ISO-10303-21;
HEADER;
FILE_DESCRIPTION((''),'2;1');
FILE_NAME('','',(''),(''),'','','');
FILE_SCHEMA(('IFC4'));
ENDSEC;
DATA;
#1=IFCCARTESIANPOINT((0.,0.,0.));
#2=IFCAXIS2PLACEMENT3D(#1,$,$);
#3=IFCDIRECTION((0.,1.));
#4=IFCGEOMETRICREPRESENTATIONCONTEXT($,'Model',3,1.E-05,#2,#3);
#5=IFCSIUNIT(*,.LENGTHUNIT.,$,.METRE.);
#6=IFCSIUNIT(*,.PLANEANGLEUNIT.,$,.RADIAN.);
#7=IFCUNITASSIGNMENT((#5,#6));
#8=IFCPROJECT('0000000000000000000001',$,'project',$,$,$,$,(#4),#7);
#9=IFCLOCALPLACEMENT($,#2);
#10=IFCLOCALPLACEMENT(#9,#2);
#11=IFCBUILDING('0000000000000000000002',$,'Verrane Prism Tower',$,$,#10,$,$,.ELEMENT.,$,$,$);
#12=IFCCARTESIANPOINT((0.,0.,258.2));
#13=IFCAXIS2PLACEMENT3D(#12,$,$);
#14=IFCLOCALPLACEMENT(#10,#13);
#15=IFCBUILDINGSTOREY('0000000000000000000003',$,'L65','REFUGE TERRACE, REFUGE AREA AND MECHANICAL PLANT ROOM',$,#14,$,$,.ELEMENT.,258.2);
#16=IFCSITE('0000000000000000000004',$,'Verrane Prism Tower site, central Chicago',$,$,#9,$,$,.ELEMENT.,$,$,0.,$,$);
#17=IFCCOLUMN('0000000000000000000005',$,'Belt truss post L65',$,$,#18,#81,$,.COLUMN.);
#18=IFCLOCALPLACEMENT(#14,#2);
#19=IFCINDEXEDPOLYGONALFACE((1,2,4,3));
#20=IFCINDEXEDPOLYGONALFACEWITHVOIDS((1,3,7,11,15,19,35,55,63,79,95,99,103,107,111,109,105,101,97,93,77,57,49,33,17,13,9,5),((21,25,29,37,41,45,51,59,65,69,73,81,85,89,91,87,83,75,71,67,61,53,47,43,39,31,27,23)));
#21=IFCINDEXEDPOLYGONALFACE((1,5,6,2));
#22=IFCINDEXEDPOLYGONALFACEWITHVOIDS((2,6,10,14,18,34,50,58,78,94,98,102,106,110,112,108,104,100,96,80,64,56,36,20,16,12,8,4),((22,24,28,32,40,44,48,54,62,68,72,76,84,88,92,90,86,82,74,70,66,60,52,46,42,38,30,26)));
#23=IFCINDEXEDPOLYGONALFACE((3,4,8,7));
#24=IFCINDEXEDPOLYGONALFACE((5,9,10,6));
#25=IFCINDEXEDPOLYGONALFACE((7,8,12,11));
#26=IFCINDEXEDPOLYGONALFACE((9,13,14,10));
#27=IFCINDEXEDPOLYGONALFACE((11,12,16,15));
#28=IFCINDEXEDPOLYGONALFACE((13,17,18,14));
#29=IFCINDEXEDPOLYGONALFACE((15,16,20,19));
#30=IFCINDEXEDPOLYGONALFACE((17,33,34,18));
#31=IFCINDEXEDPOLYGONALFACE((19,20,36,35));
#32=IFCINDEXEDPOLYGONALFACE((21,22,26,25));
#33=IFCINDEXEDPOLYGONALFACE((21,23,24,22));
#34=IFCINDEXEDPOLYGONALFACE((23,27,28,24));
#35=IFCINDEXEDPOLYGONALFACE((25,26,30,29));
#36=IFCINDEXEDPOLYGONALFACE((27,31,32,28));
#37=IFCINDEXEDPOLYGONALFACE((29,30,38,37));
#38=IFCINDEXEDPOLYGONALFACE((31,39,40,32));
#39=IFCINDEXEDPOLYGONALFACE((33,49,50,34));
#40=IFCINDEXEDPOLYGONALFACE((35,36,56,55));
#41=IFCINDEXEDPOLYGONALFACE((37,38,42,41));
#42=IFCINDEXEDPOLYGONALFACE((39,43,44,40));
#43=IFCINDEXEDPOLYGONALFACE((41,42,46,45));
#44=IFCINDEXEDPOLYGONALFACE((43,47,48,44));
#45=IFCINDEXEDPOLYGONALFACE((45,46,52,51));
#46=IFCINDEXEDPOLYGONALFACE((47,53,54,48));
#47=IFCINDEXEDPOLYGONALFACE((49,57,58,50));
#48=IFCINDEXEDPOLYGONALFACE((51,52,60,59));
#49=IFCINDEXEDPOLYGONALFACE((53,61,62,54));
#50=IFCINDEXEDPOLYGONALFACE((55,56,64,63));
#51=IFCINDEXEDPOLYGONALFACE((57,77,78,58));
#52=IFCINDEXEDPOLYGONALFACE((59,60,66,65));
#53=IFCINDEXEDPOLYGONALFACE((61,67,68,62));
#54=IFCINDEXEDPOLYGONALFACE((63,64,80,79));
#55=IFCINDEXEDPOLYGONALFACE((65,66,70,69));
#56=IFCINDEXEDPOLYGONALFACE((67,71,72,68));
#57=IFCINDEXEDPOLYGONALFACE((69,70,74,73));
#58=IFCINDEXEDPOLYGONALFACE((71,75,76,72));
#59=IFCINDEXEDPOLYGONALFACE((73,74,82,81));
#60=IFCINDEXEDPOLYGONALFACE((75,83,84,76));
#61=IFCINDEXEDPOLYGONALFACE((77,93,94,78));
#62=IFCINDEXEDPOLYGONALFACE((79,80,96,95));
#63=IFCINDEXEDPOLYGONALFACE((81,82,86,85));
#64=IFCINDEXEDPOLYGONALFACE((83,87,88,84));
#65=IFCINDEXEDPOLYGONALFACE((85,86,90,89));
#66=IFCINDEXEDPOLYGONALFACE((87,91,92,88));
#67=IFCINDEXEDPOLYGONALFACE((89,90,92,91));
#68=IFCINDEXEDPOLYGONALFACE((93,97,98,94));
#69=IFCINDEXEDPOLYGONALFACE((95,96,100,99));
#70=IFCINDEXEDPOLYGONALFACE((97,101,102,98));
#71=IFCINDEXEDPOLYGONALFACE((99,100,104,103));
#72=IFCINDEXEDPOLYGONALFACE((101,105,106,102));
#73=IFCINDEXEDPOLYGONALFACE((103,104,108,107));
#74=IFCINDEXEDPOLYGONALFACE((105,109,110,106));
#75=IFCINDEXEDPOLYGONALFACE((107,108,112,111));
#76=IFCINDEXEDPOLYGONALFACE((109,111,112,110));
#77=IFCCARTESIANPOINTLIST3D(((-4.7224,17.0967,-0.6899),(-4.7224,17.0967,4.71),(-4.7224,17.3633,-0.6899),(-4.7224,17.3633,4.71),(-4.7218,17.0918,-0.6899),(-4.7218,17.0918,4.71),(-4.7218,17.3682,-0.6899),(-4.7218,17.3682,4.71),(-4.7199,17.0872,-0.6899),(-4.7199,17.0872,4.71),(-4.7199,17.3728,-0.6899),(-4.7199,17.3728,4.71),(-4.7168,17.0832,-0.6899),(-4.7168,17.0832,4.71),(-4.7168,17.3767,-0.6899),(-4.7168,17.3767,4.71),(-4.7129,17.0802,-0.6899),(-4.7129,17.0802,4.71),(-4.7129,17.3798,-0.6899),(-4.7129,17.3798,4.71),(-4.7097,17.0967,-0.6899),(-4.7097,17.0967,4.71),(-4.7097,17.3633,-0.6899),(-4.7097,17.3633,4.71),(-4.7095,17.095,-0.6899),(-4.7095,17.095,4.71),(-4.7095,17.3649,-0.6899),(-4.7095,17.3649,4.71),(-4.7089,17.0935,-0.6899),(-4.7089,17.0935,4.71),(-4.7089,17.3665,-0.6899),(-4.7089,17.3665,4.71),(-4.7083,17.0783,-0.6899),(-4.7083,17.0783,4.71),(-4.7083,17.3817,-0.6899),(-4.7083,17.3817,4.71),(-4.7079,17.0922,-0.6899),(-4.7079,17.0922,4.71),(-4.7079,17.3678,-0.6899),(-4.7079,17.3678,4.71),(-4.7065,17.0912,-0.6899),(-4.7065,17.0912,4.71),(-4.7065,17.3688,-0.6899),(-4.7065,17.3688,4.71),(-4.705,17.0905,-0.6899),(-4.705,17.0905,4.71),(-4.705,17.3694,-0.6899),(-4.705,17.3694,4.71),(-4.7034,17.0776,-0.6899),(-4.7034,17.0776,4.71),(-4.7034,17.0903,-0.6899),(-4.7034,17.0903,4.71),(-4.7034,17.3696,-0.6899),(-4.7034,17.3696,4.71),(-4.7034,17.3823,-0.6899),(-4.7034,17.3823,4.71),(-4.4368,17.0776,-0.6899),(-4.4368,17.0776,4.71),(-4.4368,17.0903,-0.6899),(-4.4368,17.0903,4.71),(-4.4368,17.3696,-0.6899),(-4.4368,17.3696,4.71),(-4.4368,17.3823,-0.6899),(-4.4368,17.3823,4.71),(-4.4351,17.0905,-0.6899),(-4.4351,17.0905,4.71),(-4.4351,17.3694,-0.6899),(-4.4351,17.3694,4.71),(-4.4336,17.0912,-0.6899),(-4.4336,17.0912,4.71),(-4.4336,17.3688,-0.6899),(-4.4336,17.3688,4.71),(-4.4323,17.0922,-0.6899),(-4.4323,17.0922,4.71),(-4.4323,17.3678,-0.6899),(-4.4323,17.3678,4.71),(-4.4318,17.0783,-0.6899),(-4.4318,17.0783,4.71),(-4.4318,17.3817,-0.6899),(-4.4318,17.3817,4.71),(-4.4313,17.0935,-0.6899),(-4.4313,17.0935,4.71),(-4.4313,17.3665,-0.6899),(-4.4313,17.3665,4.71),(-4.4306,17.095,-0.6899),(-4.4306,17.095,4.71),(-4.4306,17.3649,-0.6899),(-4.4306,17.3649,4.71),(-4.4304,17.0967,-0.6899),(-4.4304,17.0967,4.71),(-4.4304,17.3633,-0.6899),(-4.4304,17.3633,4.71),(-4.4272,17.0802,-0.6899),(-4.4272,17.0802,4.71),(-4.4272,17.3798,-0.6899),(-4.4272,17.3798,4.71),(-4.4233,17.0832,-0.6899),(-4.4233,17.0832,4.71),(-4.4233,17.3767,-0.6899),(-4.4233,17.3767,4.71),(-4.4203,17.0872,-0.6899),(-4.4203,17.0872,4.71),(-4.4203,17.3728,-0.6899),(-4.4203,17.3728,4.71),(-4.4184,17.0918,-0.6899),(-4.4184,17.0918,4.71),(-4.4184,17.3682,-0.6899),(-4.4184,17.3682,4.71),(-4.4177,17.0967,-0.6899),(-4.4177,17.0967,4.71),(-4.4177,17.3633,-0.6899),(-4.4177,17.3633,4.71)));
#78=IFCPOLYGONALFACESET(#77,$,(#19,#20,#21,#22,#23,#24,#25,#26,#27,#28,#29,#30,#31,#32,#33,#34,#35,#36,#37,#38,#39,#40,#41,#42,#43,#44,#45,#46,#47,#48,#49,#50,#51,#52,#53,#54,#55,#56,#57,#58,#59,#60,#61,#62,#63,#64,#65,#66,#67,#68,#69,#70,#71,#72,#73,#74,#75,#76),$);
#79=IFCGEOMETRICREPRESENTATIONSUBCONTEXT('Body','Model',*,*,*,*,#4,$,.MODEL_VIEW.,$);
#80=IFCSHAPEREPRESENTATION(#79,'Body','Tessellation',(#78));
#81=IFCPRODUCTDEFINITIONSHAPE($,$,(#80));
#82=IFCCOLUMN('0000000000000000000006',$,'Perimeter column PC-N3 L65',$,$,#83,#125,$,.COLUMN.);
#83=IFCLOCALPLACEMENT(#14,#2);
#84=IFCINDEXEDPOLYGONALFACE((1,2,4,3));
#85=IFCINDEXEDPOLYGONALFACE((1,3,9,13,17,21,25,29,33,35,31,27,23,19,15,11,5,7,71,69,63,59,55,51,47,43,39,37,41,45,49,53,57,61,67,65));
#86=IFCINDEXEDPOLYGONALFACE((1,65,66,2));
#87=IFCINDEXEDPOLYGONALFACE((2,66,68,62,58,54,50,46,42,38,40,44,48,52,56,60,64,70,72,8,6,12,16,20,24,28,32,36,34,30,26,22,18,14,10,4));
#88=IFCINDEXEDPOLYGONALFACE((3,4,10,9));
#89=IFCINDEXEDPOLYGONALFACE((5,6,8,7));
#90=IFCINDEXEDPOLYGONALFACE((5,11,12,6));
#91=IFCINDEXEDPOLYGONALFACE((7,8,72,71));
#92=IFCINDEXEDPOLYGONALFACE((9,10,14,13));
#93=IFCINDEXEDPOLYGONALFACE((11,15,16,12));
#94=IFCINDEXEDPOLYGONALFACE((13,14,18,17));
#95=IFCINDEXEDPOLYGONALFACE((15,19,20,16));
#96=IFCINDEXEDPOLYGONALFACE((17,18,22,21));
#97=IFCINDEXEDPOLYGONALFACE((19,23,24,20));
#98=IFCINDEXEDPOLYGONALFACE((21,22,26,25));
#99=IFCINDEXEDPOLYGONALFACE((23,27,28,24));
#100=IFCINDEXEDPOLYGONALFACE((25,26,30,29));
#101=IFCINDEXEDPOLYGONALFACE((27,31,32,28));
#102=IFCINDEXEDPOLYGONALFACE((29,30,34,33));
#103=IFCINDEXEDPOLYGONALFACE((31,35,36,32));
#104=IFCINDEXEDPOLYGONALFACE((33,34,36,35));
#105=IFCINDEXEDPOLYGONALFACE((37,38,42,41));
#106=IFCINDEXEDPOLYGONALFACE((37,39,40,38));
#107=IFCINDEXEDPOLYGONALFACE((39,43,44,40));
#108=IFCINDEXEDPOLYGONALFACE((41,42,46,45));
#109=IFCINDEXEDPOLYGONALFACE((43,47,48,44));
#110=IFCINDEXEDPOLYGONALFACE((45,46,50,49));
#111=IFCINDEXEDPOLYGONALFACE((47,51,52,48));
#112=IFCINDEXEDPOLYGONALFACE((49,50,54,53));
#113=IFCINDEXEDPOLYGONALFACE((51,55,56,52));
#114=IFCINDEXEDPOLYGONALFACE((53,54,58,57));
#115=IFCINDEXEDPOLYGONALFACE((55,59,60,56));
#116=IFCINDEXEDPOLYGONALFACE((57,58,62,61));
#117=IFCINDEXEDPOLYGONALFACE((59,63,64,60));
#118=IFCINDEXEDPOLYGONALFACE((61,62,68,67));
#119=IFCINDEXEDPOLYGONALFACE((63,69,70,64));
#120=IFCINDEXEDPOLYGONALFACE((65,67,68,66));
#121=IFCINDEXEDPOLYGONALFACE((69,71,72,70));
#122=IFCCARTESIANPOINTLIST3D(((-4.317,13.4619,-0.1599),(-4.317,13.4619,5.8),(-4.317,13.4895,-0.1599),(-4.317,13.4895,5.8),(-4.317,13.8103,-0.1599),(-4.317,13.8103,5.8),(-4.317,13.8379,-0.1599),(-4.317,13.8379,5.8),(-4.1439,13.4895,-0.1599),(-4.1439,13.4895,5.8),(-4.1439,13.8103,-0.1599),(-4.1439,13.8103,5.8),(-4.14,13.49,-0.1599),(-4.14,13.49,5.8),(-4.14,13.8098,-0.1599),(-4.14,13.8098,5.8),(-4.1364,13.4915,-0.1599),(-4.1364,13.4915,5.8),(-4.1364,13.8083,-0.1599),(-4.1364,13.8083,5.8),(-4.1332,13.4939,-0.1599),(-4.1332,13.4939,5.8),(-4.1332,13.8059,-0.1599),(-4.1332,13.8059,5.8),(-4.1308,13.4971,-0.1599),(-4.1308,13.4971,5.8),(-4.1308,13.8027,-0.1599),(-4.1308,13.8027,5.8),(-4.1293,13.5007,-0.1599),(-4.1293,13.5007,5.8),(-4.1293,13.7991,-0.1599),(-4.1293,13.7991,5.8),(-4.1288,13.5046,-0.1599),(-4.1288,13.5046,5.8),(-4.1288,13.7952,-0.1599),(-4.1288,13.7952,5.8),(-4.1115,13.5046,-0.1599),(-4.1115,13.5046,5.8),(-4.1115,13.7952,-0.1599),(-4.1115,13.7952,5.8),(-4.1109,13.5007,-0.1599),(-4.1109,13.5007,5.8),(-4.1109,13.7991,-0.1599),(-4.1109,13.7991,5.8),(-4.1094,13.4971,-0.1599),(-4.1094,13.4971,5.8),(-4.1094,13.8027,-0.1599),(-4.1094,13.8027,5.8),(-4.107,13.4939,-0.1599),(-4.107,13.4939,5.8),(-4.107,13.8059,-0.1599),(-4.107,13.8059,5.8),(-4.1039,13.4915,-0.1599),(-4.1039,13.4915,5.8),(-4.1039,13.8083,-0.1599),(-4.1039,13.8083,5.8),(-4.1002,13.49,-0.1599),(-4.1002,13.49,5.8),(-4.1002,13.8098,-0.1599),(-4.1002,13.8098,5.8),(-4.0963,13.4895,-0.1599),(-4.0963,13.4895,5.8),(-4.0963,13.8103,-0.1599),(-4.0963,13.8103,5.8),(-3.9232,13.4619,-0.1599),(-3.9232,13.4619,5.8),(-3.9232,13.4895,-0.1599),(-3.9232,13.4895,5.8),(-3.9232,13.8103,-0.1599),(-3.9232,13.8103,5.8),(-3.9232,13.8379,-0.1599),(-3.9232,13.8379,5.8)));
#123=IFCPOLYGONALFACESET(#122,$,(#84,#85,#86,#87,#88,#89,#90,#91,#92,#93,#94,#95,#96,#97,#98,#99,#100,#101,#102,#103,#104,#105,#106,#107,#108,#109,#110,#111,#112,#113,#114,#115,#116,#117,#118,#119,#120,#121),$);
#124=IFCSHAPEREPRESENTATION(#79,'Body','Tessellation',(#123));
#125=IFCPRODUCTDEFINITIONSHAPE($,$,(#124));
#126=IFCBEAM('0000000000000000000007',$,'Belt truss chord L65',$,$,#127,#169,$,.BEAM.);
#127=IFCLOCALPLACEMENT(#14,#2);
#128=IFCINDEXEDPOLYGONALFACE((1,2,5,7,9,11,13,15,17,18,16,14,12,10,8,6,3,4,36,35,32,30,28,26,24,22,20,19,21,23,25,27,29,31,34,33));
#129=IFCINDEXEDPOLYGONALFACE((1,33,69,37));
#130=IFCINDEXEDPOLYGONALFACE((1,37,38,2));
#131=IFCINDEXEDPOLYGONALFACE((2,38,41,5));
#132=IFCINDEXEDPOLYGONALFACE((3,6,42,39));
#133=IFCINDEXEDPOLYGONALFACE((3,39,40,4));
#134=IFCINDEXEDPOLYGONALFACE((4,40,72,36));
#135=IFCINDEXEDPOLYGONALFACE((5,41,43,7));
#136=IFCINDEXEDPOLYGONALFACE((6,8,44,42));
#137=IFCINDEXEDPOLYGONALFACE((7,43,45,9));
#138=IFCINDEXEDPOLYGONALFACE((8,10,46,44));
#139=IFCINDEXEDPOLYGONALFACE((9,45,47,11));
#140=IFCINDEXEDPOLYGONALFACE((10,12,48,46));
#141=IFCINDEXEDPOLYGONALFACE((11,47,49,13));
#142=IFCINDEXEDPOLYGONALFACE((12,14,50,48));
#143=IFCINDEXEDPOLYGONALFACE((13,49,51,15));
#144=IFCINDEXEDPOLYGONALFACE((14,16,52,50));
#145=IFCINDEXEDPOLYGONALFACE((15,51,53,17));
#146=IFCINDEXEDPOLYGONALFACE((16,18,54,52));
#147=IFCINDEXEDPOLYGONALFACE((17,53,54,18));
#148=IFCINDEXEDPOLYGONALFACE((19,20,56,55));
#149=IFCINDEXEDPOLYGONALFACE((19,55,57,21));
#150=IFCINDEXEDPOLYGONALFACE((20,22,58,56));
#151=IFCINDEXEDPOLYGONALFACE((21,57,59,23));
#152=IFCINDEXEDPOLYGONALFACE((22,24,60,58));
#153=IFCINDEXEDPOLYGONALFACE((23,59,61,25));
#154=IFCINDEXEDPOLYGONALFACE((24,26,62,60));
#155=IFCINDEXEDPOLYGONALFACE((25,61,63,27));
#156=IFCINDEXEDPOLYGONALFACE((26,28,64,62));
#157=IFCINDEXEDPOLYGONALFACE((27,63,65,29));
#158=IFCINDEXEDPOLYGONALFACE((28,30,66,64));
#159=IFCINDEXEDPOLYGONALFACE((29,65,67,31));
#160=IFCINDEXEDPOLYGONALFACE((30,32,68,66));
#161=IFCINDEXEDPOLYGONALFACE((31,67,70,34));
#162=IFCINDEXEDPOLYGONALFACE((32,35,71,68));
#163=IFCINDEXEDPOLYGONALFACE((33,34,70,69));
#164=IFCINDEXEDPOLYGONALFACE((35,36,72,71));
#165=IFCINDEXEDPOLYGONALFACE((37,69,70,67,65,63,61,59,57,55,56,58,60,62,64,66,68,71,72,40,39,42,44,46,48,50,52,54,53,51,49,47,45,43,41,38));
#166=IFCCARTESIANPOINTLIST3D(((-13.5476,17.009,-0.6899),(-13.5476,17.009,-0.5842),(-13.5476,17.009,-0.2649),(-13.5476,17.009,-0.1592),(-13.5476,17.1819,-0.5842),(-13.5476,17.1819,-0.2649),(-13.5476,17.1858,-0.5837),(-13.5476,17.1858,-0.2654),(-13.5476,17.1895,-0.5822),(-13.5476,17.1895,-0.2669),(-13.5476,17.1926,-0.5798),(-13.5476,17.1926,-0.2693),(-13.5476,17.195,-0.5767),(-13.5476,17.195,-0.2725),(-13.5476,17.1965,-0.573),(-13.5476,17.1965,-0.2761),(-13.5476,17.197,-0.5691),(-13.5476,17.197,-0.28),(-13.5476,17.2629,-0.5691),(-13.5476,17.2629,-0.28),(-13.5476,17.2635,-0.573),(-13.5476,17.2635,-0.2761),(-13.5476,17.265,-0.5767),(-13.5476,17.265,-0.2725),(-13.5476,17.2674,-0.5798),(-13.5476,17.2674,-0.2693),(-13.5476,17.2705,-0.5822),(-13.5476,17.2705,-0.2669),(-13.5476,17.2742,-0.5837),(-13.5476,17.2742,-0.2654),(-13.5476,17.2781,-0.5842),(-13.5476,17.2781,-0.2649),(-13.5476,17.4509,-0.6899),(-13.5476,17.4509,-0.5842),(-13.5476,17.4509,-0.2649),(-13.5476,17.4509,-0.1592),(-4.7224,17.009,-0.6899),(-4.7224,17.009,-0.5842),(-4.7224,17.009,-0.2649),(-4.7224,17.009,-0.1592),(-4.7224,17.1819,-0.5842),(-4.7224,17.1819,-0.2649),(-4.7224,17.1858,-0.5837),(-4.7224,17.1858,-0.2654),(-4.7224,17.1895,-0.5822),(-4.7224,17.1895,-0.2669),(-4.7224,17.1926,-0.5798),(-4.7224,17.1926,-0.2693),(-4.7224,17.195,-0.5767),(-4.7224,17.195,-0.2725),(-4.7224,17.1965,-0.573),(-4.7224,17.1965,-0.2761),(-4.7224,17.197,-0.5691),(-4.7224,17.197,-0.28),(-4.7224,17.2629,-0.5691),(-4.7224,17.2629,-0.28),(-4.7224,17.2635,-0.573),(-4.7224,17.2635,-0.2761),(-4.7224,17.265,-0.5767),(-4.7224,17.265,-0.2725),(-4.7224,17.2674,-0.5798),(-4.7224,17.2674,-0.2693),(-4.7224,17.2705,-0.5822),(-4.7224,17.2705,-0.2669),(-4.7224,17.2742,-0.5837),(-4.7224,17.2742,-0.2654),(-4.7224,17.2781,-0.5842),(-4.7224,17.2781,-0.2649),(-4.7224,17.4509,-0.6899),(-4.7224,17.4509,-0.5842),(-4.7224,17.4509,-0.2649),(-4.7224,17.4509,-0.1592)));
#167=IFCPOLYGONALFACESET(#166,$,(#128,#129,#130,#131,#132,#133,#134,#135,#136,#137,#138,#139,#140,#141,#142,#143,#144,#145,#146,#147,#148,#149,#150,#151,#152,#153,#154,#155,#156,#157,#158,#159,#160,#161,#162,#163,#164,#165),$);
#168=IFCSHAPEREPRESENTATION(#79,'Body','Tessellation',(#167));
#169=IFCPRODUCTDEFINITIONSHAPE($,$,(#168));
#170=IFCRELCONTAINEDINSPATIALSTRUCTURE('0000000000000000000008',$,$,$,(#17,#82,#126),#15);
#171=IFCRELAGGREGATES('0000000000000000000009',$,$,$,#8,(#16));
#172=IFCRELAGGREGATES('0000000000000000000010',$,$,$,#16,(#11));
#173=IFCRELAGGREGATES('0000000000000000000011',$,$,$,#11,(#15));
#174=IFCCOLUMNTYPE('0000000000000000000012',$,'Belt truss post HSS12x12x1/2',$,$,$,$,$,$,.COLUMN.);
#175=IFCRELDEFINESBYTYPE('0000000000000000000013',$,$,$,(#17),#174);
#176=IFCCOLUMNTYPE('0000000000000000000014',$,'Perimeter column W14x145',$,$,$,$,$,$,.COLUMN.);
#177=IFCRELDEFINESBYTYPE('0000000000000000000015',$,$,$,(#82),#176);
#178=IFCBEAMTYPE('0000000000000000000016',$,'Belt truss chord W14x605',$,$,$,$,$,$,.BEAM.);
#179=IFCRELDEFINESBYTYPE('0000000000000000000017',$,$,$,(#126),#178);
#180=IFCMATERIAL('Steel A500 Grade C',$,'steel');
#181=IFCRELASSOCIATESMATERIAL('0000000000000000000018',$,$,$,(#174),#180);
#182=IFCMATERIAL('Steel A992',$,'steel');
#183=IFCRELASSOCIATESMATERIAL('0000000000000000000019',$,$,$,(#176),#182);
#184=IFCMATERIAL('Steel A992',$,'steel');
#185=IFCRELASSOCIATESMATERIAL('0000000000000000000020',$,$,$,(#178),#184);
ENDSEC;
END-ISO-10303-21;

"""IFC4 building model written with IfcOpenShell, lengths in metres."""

from ifc_helpers import new_model, si_unit, direction, frame, origin, origin_2d, place, context, subcontext, project, spatial, hollow_rectangle, i_section, extrude, material, material_profile, profile_set, type_object, element, save


model = new_model("IFC4")

# Units and contexts
model_context = context("Model", 3, precision=1e-05, world=origin(), true_north=direction((0.0, 1.0)))
body_context = subcontext(model_context, "Body", "Model", "MODEL_VIEW")
ifc_project = project(units=[si_unit("LENGTHUNIT", "METRE"), si_unit("PLANEANGLEUNIT", "RADIAN")], contexts=[model_context])

# Site, building, storey
site_placement = place(None, origin())
site = spatial("IfcSite", under=ifc_project, at=site_placement, Name="Verrane Prism Tower site, central Chicago", CompositionType="ELEMENT", RefElevation=0.0)
building_placement = place(site_placement, origin())
building = spatial("IfcBuilding", under=site, at=building_placement, Name="Verrane Prism Tower", CompositionType="ELEMENT")
storey_placement = place(building_placement, frame((0.0, 0.0, 258.2)))
storey = spatial("IfcBuildingStorey", under=building, at=storey_placement, Name="L65", Description="REFUGE TERRACE, REFUGE AREA AND MECHANICAL PLANT ROOM", CompositionType="ELEMENT", Elevation=258.2)

# Columns
ifc_material_1 = material(Name="Steel A500 Grade C", Category="steel")
ifc_material_profile_1 = material_profile(ifc_material_1, hollow_rectangle(XDim=0.3047, YDim=0.3047, WallThickness=0.0127, InnerFilletRadius=0.0063, OuterFilletRadius=0.019, at=origin_2d()), Name="HSS12x12x1/2")
ifc_profile_set_1 = profile_set([ifc_material_profile_1], Name="Steel A500 Grade C")
column_type_1 = type_object("IfcColumnType", Name="Belt truss post HSS12x12x1/2", PredefinedType="COLUMN", material=ifc_profile_set_1)
column_1_placement = place(storey_placement, frame((-4.5701, 17.23, -0.6899), z_axis=(0.0, 0.0, 1.0), x_axis=(1.0, 0.0, 0.0)))
element("IfcColumn", 1, at=column_1_placement, inside=storey, type_object=column_type_1, Name="Belt truss post L65", PredefinedType="COLUMN", context=body_context, shape_type="SweptSolid", body=[
    extrude(hollow_rectangle(XDim=0.3047, YDim=0.3047, WallThickness=0.0127, InnerFilletRadius=0.0063, OuterFilletRadius=0.019, at=origin_2d()), origin(), (0.0, 0.0, 1.0), 5.3999),
])
ifc_material_2 = material(Name="Steel A992", Category="steel")
ifc_material_profile_2 = material_profile(ifc_material_2, i_section(OverallWidth=0.3938, OverallDepth=0.376, WebThickness=0.0173, FlangeThickness=0.0276, FilletRadius=0.0151, at=origin_2d()), Name="W14x145")
ifc_profile_set_2 = profile_set([ifc_material_profile_2], Name="Steel A992")
column_type_2 = type_object("IfcColumnType", Name="Perimeter column W14x145", PredefinedType="COLUMN", material=ifc_profile_set_2)
column_2_placement = place(storey_placement, frame((-4.1201, 13.6499, -0.1599), z_axis=(0.0, 0.0, 1.0), x_axis=(1.0, 0.0, 0.0)))
element("IfcColumn", 2, at=column_2_placement, inside=storey, type_object=column_type_2, Name="Perimeter column PC-N3 L65", PredefinedType="COLUMN", context=body_context, shape_type="SweptSolid", body=[
    extrude(i_section(OverallWidth=0.3938, OverallDepth=0.376, WebThickness=0.0173, FlangeThickness=0.0276, FilletRadius=0.0151, at=origin_2d()), origin(), (0.0, 0.0, 1.0), 5.96),
])

# Beam
ifc_material_3 = material(Name="Steel A992", Category="steel")
ifc_material_profile_3 = material_profile(ifc_material_3, i_section(OverallWidth=0.4419, OverallDepth=0.5308, WebThickness=0.0659, FlangeThickness=0.1057, FilletRadius=0.0151, at=origin_2d()), Name="W14x605")
ifc_profile_set_3 = profile_set([ifc_material_profile_3], Name="Steel A992")
beam_type_1 = type_object("IfcBeamType", Name="Belt truss chord W14x605", PredefinedType="BEAM", material=ifc_profile_set_3)
beam_1_placement = place(storey_placement, frame((-4.7224, 17.23, -0.4246), z_axis=(-1.0, 0.0, 0.0), x_axis=(0.0, -1.0, 0.0)))
element("IfcBeam", 3, at=beam_1_placement, inside=storey, type_object=beam_type_1, Name="Belt truss chord L65", PredefinedType="BEAM", context=body_context, shape_type="SweptSolid", body=[
    extrude(i_section(OverallWidth=0.4419, OverallDepth=0.5308, WebThickness=0.0659, FlangeThickness=0.1057, FilletRadius=0.0151, at=origin_2d()), origin(), (0.0, 0.0, 1.0), 8.8252),
])

save(model, "model.ifc")
